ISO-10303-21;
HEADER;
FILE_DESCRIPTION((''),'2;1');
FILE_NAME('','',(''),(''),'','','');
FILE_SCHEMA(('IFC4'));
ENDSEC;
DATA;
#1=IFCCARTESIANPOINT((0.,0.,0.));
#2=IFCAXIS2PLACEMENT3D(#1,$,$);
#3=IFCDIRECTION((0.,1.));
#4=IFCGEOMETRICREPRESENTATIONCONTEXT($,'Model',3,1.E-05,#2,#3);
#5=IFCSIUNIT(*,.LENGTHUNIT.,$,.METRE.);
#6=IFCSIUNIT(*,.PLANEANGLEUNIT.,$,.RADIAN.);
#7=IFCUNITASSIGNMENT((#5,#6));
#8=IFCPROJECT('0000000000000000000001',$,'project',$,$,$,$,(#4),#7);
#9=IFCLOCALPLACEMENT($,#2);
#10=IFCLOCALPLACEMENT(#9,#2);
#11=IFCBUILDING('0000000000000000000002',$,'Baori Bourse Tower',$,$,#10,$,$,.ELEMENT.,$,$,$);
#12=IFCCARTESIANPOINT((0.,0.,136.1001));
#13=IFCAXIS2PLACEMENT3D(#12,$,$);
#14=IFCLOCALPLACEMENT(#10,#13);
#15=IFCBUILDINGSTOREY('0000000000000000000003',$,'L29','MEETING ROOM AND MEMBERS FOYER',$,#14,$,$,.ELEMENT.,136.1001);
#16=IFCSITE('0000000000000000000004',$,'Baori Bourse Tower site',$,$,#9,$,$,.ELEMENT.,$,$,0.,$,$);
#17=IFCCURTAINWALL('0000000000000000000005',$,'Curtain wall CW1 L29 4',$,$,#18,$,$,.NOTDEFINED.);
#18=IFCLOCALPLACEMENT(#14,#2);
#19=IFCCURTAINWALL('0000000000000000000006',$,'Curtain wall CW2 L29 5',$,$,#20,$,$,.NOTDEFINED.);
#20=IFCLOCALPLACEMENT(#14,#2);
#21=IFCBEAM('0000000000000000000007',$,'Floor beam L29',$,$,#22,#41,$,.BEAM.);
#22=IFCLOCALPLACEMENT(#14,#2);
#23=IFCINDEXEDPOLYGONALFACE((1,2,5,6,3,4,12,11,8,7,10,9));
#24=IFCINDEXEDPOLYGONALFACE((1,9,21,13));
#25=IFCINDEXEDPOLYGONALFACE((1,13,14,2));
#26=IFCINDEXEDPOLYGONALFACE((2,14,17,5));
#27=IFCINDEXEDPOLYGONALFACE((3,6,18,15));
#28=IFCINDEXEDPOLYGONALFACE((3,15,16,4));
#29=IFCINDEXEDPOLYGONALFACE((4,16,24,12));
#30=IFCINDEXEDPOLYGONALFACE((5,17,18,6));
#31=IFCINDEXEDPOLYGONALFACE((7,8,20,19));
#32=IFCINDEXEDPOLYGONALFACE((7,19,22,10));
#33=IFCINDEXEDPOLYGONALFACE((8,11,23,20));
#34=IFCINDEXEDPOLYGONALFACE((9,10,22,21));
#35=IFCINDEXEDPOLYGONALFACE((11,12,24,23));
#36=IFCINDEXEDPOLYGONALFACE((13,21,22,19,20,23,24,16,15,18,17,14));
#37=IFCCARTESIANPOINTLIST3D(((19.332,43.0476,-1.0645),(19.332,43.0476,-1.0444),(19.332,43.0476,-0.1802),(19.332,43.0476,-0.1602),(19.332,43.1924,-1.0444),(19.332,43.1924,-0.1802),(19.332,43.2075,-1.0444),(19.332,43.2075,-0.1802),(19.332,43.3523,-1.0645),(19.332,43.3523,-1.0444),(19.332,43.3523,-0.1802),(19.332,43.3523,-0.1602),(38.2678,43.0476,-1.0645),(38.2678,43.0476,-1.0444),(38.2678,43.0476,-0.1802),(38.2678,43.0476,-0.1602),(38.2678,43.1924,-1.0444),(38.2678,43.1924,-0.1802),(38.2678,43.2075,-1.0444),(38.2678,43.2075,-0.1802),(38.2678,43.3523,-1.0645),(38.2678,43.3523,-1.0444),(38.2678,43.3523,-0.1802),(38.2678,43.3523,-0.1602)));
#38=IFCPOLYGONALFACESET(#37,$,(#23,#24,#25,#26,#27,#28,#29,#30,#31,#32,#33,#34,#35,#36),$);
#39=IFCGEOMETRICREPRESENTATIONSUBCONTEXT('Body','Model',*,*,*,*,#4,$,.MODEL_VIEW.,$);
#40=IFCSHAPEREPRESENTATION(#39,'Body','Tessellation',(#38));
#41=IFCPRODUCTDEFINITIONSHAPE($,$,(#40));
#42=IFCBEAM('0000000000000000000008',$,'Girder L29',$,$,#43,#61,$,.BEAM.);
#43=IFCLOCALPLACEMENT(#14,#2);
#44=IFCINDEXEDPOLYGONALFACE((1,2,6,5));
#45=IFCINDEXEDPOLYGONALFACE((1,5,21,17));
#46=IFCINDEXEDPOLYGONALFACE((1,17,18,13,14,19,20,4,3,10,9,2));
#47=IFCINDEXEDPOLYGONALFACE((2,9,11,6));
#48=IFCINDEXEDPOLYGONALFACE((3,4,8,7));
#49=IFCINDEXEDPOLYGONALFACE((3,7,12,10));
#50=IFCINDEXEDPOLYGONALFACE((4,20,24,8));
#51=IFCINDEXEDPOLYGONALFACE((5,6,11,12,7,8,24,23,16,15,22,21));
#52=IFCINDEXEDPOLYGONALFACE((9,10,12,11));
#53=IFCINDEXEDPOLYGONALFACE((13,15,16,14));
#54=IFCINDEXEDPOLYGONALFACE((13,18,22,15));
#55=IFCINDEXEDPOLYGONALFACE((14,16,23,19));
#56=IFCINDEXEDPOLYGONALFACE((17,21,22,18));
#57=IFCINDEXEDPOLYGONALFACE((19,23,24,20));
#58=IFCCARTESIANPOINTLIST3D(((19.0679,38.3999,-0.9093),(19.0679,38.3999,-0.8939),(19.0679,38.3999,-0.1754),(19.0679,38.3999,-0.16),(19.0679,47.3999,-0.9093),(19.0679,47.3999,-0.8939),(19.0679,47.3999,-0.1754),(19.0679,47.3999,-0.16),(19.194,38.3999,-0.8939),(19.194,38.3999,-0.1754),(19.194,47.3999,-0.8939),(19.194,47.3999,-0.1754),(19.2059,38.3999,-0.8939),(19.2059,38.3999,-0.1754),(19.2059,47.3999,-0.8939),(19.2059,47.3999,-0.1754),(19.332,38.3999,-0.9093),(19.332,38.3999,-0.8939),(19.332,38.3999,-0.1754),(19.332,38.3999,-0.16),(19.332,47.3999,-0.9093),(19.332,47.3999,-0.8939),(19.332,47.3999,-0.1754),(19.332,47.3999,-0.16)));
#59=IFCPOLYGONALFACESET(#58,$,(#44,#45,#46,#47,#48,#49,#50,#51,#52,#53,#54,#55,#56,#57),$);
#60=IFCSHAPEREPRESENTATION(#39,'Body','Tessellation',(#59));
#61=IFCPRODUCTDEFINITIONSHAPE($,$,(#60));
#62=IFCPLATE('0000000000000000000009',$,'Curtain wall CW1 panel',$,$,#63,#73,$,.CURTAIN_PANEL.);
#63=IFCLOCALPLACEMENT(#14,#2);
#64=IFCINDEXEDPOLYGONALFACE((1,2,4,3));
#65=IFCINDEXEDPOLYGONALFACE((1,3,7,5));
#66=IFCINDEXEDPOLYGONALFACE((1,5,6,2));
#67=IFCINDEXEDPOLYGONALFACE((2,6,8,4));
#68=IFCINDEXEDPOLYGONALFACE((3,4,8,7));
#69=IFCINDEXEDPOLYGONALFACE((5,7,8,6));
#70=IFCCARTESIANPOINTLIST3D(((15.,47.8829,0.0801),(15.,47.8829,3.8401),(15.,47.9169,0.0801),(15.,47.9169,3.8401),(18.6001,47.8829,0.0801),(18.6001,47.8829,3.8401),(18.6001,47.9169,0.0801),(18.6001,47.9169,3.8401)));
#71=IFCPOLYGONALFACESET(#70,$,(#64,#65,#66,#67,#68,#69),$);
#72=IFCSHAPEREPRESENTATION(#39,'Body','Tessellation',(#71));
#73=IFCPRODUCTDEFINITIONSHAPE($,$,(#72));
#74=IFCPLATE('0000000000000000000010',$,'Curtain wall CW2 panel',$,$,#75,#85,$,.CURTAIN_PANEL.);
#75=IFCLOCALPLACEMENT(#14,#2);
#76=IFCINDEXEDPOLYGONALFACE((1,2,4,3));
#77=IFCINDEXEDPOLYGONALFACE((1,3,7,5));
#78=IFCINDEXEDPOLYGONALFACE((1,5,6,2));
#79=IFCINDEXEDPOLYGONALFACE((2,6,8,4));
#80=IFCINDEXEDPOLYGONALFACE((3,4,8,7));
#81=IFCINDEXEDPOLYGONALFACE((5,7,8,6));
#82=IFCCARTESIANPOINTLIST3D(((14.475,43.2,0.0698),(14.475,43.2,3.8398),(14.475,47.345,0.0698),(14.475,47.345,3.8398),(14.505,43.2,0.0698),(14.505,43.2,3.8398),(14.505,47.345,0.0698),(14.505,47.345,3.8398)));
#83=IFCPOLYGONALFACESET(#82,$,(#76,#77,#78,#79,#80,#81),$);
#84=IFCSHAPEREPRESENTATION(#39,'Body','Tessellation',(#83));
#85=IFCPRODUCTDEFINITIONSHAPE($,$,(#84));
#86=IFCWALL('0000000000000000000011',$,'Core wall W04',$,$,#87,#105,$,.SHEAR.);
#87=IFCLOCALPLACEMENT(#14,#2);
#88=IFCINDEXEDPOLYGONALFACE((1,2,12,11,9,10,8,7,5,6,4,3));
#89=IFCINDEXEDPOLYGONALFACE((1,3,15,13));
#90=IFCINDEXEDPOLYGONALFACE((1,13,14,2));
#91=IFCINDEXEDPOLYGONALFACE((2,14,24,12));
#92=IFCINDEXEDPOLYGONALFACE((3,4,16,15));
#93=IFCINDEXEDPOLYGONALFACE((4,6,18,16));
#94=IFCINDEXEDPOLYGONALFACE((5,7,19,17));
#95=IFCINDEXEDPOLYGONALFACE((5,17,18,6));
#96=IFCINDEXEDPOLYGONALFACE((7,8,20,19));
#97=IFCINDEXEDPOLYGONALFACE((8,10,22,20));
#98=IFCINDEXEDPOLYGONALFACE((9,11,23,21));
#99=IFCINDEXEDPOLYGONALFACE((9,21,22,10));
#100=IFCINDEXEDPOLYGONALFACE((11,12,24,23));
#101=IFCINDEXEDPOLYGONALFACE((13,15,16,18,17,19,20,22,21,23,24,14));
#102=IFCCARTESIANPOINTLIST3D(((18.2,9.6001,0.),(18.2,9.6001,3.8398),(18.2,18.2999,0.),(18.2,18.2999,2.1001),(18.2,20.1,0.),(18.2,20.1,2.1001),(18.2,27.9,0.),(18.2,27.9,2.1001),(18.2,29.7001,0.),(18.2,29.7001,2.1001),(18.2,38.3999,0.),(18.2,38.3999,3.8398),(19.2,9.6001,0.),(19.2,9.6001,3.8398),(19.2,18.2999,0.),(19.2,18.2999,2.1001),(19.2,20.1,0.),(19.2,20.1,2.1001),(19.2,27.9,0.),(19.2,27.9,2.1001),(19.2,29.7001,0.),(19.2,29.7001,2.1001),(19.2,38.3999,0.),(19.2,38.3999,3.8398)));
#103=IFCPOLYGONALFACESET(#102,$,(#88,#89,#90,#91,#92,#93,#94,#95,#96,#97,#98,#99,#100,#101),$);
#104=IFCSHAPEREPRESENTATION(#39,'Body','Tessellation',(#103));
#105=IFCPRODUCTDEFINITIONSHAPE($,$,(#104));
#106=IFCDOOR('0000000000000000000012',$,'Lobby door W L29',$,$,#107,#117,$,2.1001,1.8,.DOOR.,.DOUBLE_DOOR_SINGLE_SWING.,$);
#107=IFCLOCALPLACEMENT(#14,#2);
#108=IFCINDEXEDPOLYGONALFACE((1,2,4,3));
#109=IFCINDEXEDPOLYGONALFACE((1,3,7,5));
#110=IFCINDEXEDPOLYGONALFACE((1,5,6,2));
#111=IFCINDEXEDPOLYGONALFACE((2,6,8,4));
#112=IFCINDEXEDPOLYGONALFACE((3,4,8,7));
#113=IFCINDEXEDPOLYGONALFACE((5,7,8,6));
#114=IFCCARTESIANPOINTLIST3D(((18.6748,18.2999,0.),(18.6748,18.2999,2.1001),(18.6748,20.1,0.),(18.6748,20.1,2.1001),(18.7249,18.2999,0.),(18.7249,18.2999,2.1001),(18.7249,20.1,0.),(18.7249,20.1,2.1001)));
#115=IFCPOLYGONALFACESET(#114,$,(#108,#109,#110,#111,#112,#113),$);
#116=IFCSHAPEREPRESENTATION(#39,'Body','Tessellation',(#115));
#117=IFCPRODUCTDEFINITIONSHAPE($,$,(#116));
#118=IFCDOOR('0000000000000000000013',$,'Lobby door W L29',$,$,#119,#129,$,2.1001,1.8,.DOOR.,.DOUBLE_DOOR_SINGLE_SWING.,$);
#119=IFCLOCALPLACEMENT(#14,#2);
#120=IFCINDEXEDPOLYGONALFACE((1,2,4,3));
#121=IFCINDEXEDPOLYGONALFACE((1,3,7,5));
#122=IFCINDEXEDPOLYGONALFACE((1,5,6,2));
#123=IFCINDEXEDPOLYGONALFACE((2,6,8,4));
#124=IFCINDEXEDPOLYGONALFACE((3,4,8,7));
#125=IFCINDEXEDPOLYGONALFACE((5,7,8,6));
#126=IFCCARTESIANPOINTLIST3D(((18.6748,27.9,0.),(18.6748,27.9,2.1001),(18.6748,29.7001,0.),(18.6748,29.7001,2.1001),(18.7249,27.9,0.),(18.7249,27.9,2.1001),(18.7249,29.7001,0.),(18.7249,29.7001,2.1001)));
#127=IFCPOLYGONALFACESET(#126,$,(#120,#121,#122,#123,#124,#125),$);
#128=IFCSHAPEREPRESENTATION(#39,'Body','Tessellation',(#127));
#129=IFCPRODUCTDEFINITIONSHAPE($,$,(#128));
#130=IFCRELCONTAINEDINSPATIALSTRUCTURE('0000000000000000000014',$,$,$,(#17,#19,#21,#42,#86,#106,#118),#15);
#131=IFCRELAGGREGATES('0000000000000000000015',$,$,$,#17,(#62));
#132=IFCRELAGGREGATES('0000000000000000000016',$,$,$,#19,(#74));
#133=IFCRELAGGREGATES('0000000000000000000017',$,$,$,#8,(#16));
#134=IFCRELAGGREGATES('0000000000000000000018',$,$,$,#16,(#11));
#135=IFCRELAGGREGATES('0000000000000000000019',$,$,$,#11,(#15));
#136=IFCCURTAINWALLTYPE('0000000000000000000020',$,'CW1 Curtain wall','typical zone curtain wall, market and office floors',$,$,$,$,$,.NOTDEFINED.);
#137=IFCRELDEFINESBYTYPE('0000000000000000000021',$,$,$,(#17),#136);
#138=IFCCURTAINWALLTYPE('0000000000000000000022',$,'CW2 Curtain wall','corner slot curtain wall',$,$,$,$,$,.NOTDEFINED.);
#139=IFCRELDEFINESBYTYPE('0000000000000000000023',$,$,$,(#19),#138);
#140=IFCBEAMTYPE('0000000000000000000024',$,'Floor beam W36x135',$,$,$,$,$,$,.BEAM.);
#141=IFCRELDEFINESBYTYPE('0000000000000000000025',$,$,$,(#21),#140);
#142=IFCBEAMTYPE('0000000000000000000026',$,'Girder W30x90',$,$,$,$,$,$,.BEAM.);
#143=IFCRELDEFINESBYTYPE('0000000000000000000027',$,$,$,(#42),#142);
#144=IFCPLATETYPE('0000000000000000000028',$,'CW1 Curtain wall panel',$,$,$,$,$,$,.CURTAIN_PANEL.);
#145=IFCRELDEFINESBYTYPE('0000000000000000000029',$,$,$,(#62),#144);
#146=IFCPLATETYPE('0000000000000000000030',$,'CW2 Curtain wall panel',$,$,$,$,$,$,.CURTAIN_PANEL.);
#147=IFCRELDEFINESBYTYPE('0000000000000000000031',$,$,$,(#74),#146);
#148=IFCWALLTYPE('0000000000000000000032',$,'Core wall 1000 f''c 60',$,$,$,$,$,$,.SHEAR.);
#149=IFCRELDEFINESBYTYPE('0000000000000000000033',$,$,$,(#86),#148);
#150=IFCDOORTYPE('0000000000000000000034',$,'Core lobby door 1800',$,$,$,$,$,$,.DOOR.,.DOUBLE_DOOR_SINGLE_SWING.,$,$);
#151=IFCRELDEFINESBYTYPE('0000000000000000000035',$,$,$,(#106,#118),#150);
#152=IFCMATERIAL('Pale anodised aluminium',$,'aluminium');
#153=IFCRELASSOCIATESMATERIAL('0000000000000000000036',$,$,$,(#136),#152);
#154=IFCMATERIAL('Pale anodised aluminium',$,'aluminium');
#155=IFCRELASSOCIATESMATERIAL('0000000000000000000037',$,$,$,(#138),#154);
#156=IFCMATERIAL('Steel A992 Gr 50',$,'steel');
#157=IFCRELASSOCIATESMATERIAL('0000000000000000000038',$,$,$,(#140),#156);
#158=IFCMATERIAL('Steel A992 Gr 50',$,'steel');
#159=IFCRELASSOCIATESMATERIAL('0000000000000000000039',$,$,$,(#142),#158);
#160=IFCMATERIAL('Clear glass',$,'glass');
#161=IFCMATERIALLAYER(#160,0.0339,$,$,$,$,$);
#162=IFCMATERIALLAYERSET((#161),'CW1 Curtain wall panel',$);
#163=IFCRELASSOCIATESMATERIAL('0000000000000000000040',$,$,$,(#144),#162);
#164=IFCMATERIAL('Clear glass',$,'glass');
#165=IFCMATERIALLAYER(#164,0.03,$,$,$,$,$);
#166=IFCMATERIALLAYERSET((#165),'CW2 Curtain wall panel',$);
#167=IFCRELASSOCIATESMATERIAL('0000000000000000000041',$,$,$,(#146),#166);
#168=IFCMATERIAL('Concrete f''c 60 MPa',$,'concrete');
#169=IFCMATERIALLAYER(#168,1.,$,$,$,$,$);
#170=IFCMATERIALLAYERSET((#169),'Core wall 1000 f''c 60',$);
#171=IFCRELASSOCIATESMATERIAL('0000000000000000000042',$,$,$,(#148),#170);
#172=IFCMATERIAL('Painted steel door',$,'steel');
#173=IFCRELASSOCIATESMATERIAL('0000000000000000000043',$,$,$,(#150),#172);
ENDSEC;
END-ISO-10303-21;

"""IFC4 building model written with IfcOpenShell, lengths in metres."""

from ifc_helpers import new_model, si_unit, direction, frame, frame_2d, origin, origin_2d, place, context, subcontext, project, spatial, rectangle, i_section, extrude, material, layer, layer_set, material_profile, profile_set, type_object, element, fill, aggregate, save


model = new_model("IFC4")

# Units and contexts
model_context = context("Model", 3, precision=1e-05, world=origin(), true_north=direction((0.0, 1.0)))
body_context = subcontext(model_context, "Body", "Model", "MODEL_VIEW")
ifc_project = project(units=[si_unit("LENGTHUNIT", "METRE"), si_unit("PLANEANGLEUNIT", "RADIAN")], contexts=[model_context])

# Site, building, storey
site_placement = place(None, origin())
site = spatial("IfcSite", under=ifc_project, at=site_placement, Name="Baori Bourse Tower site", CompositionType="ELEMENT", RefElevation=0.0)
building_placement = place(site_placement, origin())
building = spatial("IfcBuilding", under=site, at=building_placement, Name="Baori Bourse Tower", CompositionType="ELEMENT")
storey_placement = place(building_placement, frame((0.0, 0.0, 136.1001)))
storey = spatial("IfcBuildingStorey", under=building, at=storey_placement, Name="L29", Description="MEETING ROOM AND MEMBERS FOYER", CompositionType="ELEMENT", Elevation=136.1001)

# Curtain wall
ifc_material_1 = material(Name="Pale anodised aluminium", Category="aluminium")
curtain_wall_type_1 = type_object("IfcCurtainWallType", Name="CW1 Curtain wall", Description="typical zone curtain wall, market and office floors", PredefinedType="NOTDEFINED", material=ifc_material_1)
curtain_wall_1_placement = place(storey_placement, origin())
curtain_wall_1 = element("IfcCurtainWall", 1, at=curtain_wall_1_placement, inside=storey, type_object=curtain_wall_type_1, Name="Curtain wall CW1 L29 4", PredefinedType="NOTDEFINED")

# Curtain wall
ifc_material_2 = material(Name="Pale anodised aluminium", Category="aluminium")
curtain_wall_type_2 = type_object("IfcCurtainWallType", Name="CW2 Curtain wall", Description="corner slot curtain wall", PredefinedType="NOTDEFINED", material=ifc_material_2)
curtain_wall_2_placement = place(storey_placement, origin())
curtain_wall_2 = element("IfcCurtainWall", 2, at=curtain_wall_2_placement, inside=storey, type_object=curtain_wall_type_2, Name="Curtain wall CW2 L29 5", PredefinedType="NOTDEFINED")

# Beams
ifc_material_3 = material(Name="Steel A992 Gr 50", Category="steel")
ifc_material_profile_1 = material_profile(ifc_material_3, i_section(OverallWidth=0.3047, OverallDepth=0.9043, WebThickness=0.0151, FlangeThickness=0.02, at=origin_2d()), Name="W36x135")
ifc_profile_set_1 = profile_set([ifc_material_profile_1], Name="Steel A992 Gr 50")
beam_type_1 = type_object("IfcBeamType", Name="Floor beam W36x135", PredefinedType="BEAM", material=ifc_profile_set_1)
beam_1_placement = place(storey_placement, frame((19.332, 43.2, -0.6123), z_axis=(1.0, 0.0, 0.0), x_axis=(0.0, 1.0, 0.0)))
element("IfcBeam", 3, at=beam_1_placement, inside=storey, type_object=beam_type_1, Name="Floor beam L29", PredefinedType="BEAM", context=body_context, shape_type="SweptSolid", body=[
    extrude(i_section(OverallWidth=0.3047, OverallDepth=0.9043, WebThickness=0.0151, FlangeThickness=0.02, at=origin_2d()), origin(), (0.0, 0.0, 1.0), 18.9358),
])
ifc_material_4 = material(Name="Steel A992 Gr 50", Category="steel")
ifc_material_profile_2 = material_profile(ifc_material_4, i_section(OverallWidth=0.2642, OverallDepth=0.7493, WebThickness=0.012, FlangeThickness=0.0154, at=origin_2d()), Name="W30x90")
ifc_profile_set_2 = profile_set([ifc_material_profile_2], Name="Steel A992 Gr 50")
beam_type_2 = type_object("IfcBeamType", Name="Girder W30x90", PredefinedType="BEAM", material=ifc_profile_set_2)
beam_2_placement = place(storey_placement, frame((19.2, 38.3999, -0.5347), z_axis=(0.0, 1.0, 0.0), x_axis=(-1.0, 0.0, 0.0)))
element("IfcBeam", 4, at=beam_2_placement, inside=storey, type_object=beam_type_2, Name="Girder L29", PredefinedType="BEAM", context=body_context, shape_type="SweptSolid", body=[
    extrude(i_section(OverallWidth=0.2642, OverallDepth=0.7493, WebThickness=0.012, FlangeThickness=0.0154, at=origin_2d()), origin(), (0.0, 0.0, 1.0), 9.0),
])

# Plates
ifc_material_5 = material(Name="Clear glass", Category="glass")
ifc_layer_1 = layer(ifc_material_5, 0.0339)
ifc_layer_set_1 = layer_set([ifc_layer_1], Name="CW1 Curtain wall panel")
plate_type_1 = type_object("IfcPlateType", Name="CW1 Curtain wall panel", PredefinedType="CURTAIN_PANEL", material=ifc_layer_set_1)
plate_1_placement = place(storey_placement, frame((16.8, 47.8999, 0.0801), z_axis=(0.0, 0.0, 1.0), x_axis=(-1.0, 0.0, 0.0)))
plate_1 = element("IfcPlate", 5, at=plate_1_placement, type_object=plate_type_1, Name="Curtain wall CW1 panel", PredefinedType="CURTAIN_PANEL", context=body_context, shape_type="SweptSolid", body=[
    extrude(rectangle(XDim=3.6001, YDim=0.0339, at=origin_2d()), origin(), (0.0, 0.0, 1.0), 3.76),
])
aggregate(curtain_wall_1, [plate_1])
ifc_material_6 = material(Name="Clear glass", Category="glass")
ifc_layer_2 = layer(ifc_material_6, 0.03)
ifc_layer_set_2 = layer_set([ifc_layer_2], Name="CW2 Curtain wall panel")
plate_type_2 = type_object("IfcPlateType", Name="CW2 Curtain wall panel", PredefinedType="CURTAIN_PANEL", material=ifc_layer_set_2)
plate_2_placement = place(storey_placement, frame((14.49, 45.2725, 0.0698), z_axis=(0.0, 0.0, 1.0), x_axis=(0.0, -1.0, 0.0)))
plate_2 = element("IfcPlate", 6, at=plate_2_placement, type_object=plate_type_2, Name="Curtain wall CW2 panel", PredefinedType="CURTAIN_PANEL", context=body_context, shape_type="SweptSolid", body=[
    extrude(rectangle(XDim=4.145, YDim=0.03, at=origin_2d()), origin(), (0.0, 0.0, 1.0), 3.77),
])
aggregate(curtain_wall_2, [plate_2])

# Wall, openings, doors
ifc_material_7 = material(Name="Concrete f'c 60 MPa", Category="concrete")
ifc_layer_3 = layer(ifc_material_7, 1.0)
ifc_layer_set_3 = layer_set([ifc_layer_3], Name="Core wall 1000 f'c 60")
wall_type_1 = type_object("IfcWallType", Name="Core wall 1000 f'c 60", PredefinedType="SHEAR", material=ifc_layer_set_3)
wall_1_placement = place(storey_placement, frame((18.7, 38.3999, 0.0), z_axis=(0.0, 0.0, 1.0), x_axis=(0.0, -1.0, 0.0)))
wall_1 = element("IfcWall", 7, at=wall_1_placement, inside=storey, type_object=wall_type_1, Name="Core wall W04", PredefinedType="SHEAR", context=body_context, shape_type="SweptSolid", body=[
    extrude(rectangle(XDim=28.7998, YDim=1.0, at=frame_2d((14.3999, 0.0))), origin(), (0.0, 0.0, 1.0), 3.8398),
])
opening_1_placement = place(wall_1_placement, frame((18.3, 0.0, 0.0)))
opening_1 = element("IfcOpeningElement", 8, at=opening_1_placement, cuts=wall_1, PredefinedType="OPENING", context=body_context, shape_type="SweptSolid", body=[
    extrude(rectangle(XDim=1.8, YDim=2.1001, at=frame_2d((0.8999, 1.05))), frame((0.0, 0.51, 0.0), z_axis=(0.0, -1.0, 0.0), x_axis=(1.0, 0.0, 0.0)), (0.0, 0.0, 1.0), 1.02),
])
opening_2_placement = place(wall_1_placement, frame((8.7, 0.0, 0.0)))
opening_2 = element("IfcOpeningElement", 9, at=opening_2_placement, cuts=wall_1, PredefinedType="OPENING", context=body_context, shape_type="SweptSolid", body=[
    extrude(rectangle(XDim=1.8, YDim=2.1001, at=frame_2d((0.8999, 1.05))), frame((0.0, 0.51, 0.0), z_axis=(0.0, -1.0, 0.0), x_axis=(1.0, 0.0, 0.0)), (0.0, 0.0, 1.0), 1.02),
])
ifc_material_8 = material(Name="Painted steel door", Category="steel")
door_type_1 = type_object("IfcDoorType", Name="Core lobby door 1800", OperationType="DOUBLE_DOOR_SINGLE_SWING", PredefinedType="DOOR", material=ifc_material_8)
door_1_placement = place(opening_1_placement, origin())
door_1 = element("IfcDoor", 10, at=door_1_placement, inside=storey, type_object=door_type_1, Name="Lobby door W L29", OperationType="DOUBLE_DOOR_SINGLE_SWING", OverallHeight=2.1001, OverallWidth=1.8, PredefinedType="DOOR", context=body_context, shape_type="SweptSolid", body=[
    extrude(rectangle(XDim=1.8, YDim=2.1001, at=frame_2d((0.8999, 1.05))), frame((0.0, 0.0249, 0.0), z_axis=(0.0, -1.0, 0.0), x_axis=(1.0, 0.0, 0.0)), (0.0, 0.0, 1.0), 0.05),
])
fill(opening_1, door_1)
door_2_placement = place(opening_2_placement, origin())
door_2 = element("IfcDoor", 11, at=door_2_placement, inside=storey, type_object=door_type_1, Name="Lobby door W L29", OperationType="DOUBLE_DOOR_SINGLE_SWING", OverallHeight=2.1001, OverallWidth=1.8, PredefinedType="DOOR", context=body_context, shape_type="SweptSolid", body=[
    extrude(rectangle(XDim=1.8, YDim=2.1001, at=frame_2d((0.8999, 1.05))), frame((0.0, 0.0249, 0.0), z_axis=(0.0, -1.0, 0.0), x_axis=(1.0, 0.0, 0.0)), (0.0, 0.0, 1.0), 0.05),
])
fill(opening_2, door_2)

save(model, "model.ifc")
